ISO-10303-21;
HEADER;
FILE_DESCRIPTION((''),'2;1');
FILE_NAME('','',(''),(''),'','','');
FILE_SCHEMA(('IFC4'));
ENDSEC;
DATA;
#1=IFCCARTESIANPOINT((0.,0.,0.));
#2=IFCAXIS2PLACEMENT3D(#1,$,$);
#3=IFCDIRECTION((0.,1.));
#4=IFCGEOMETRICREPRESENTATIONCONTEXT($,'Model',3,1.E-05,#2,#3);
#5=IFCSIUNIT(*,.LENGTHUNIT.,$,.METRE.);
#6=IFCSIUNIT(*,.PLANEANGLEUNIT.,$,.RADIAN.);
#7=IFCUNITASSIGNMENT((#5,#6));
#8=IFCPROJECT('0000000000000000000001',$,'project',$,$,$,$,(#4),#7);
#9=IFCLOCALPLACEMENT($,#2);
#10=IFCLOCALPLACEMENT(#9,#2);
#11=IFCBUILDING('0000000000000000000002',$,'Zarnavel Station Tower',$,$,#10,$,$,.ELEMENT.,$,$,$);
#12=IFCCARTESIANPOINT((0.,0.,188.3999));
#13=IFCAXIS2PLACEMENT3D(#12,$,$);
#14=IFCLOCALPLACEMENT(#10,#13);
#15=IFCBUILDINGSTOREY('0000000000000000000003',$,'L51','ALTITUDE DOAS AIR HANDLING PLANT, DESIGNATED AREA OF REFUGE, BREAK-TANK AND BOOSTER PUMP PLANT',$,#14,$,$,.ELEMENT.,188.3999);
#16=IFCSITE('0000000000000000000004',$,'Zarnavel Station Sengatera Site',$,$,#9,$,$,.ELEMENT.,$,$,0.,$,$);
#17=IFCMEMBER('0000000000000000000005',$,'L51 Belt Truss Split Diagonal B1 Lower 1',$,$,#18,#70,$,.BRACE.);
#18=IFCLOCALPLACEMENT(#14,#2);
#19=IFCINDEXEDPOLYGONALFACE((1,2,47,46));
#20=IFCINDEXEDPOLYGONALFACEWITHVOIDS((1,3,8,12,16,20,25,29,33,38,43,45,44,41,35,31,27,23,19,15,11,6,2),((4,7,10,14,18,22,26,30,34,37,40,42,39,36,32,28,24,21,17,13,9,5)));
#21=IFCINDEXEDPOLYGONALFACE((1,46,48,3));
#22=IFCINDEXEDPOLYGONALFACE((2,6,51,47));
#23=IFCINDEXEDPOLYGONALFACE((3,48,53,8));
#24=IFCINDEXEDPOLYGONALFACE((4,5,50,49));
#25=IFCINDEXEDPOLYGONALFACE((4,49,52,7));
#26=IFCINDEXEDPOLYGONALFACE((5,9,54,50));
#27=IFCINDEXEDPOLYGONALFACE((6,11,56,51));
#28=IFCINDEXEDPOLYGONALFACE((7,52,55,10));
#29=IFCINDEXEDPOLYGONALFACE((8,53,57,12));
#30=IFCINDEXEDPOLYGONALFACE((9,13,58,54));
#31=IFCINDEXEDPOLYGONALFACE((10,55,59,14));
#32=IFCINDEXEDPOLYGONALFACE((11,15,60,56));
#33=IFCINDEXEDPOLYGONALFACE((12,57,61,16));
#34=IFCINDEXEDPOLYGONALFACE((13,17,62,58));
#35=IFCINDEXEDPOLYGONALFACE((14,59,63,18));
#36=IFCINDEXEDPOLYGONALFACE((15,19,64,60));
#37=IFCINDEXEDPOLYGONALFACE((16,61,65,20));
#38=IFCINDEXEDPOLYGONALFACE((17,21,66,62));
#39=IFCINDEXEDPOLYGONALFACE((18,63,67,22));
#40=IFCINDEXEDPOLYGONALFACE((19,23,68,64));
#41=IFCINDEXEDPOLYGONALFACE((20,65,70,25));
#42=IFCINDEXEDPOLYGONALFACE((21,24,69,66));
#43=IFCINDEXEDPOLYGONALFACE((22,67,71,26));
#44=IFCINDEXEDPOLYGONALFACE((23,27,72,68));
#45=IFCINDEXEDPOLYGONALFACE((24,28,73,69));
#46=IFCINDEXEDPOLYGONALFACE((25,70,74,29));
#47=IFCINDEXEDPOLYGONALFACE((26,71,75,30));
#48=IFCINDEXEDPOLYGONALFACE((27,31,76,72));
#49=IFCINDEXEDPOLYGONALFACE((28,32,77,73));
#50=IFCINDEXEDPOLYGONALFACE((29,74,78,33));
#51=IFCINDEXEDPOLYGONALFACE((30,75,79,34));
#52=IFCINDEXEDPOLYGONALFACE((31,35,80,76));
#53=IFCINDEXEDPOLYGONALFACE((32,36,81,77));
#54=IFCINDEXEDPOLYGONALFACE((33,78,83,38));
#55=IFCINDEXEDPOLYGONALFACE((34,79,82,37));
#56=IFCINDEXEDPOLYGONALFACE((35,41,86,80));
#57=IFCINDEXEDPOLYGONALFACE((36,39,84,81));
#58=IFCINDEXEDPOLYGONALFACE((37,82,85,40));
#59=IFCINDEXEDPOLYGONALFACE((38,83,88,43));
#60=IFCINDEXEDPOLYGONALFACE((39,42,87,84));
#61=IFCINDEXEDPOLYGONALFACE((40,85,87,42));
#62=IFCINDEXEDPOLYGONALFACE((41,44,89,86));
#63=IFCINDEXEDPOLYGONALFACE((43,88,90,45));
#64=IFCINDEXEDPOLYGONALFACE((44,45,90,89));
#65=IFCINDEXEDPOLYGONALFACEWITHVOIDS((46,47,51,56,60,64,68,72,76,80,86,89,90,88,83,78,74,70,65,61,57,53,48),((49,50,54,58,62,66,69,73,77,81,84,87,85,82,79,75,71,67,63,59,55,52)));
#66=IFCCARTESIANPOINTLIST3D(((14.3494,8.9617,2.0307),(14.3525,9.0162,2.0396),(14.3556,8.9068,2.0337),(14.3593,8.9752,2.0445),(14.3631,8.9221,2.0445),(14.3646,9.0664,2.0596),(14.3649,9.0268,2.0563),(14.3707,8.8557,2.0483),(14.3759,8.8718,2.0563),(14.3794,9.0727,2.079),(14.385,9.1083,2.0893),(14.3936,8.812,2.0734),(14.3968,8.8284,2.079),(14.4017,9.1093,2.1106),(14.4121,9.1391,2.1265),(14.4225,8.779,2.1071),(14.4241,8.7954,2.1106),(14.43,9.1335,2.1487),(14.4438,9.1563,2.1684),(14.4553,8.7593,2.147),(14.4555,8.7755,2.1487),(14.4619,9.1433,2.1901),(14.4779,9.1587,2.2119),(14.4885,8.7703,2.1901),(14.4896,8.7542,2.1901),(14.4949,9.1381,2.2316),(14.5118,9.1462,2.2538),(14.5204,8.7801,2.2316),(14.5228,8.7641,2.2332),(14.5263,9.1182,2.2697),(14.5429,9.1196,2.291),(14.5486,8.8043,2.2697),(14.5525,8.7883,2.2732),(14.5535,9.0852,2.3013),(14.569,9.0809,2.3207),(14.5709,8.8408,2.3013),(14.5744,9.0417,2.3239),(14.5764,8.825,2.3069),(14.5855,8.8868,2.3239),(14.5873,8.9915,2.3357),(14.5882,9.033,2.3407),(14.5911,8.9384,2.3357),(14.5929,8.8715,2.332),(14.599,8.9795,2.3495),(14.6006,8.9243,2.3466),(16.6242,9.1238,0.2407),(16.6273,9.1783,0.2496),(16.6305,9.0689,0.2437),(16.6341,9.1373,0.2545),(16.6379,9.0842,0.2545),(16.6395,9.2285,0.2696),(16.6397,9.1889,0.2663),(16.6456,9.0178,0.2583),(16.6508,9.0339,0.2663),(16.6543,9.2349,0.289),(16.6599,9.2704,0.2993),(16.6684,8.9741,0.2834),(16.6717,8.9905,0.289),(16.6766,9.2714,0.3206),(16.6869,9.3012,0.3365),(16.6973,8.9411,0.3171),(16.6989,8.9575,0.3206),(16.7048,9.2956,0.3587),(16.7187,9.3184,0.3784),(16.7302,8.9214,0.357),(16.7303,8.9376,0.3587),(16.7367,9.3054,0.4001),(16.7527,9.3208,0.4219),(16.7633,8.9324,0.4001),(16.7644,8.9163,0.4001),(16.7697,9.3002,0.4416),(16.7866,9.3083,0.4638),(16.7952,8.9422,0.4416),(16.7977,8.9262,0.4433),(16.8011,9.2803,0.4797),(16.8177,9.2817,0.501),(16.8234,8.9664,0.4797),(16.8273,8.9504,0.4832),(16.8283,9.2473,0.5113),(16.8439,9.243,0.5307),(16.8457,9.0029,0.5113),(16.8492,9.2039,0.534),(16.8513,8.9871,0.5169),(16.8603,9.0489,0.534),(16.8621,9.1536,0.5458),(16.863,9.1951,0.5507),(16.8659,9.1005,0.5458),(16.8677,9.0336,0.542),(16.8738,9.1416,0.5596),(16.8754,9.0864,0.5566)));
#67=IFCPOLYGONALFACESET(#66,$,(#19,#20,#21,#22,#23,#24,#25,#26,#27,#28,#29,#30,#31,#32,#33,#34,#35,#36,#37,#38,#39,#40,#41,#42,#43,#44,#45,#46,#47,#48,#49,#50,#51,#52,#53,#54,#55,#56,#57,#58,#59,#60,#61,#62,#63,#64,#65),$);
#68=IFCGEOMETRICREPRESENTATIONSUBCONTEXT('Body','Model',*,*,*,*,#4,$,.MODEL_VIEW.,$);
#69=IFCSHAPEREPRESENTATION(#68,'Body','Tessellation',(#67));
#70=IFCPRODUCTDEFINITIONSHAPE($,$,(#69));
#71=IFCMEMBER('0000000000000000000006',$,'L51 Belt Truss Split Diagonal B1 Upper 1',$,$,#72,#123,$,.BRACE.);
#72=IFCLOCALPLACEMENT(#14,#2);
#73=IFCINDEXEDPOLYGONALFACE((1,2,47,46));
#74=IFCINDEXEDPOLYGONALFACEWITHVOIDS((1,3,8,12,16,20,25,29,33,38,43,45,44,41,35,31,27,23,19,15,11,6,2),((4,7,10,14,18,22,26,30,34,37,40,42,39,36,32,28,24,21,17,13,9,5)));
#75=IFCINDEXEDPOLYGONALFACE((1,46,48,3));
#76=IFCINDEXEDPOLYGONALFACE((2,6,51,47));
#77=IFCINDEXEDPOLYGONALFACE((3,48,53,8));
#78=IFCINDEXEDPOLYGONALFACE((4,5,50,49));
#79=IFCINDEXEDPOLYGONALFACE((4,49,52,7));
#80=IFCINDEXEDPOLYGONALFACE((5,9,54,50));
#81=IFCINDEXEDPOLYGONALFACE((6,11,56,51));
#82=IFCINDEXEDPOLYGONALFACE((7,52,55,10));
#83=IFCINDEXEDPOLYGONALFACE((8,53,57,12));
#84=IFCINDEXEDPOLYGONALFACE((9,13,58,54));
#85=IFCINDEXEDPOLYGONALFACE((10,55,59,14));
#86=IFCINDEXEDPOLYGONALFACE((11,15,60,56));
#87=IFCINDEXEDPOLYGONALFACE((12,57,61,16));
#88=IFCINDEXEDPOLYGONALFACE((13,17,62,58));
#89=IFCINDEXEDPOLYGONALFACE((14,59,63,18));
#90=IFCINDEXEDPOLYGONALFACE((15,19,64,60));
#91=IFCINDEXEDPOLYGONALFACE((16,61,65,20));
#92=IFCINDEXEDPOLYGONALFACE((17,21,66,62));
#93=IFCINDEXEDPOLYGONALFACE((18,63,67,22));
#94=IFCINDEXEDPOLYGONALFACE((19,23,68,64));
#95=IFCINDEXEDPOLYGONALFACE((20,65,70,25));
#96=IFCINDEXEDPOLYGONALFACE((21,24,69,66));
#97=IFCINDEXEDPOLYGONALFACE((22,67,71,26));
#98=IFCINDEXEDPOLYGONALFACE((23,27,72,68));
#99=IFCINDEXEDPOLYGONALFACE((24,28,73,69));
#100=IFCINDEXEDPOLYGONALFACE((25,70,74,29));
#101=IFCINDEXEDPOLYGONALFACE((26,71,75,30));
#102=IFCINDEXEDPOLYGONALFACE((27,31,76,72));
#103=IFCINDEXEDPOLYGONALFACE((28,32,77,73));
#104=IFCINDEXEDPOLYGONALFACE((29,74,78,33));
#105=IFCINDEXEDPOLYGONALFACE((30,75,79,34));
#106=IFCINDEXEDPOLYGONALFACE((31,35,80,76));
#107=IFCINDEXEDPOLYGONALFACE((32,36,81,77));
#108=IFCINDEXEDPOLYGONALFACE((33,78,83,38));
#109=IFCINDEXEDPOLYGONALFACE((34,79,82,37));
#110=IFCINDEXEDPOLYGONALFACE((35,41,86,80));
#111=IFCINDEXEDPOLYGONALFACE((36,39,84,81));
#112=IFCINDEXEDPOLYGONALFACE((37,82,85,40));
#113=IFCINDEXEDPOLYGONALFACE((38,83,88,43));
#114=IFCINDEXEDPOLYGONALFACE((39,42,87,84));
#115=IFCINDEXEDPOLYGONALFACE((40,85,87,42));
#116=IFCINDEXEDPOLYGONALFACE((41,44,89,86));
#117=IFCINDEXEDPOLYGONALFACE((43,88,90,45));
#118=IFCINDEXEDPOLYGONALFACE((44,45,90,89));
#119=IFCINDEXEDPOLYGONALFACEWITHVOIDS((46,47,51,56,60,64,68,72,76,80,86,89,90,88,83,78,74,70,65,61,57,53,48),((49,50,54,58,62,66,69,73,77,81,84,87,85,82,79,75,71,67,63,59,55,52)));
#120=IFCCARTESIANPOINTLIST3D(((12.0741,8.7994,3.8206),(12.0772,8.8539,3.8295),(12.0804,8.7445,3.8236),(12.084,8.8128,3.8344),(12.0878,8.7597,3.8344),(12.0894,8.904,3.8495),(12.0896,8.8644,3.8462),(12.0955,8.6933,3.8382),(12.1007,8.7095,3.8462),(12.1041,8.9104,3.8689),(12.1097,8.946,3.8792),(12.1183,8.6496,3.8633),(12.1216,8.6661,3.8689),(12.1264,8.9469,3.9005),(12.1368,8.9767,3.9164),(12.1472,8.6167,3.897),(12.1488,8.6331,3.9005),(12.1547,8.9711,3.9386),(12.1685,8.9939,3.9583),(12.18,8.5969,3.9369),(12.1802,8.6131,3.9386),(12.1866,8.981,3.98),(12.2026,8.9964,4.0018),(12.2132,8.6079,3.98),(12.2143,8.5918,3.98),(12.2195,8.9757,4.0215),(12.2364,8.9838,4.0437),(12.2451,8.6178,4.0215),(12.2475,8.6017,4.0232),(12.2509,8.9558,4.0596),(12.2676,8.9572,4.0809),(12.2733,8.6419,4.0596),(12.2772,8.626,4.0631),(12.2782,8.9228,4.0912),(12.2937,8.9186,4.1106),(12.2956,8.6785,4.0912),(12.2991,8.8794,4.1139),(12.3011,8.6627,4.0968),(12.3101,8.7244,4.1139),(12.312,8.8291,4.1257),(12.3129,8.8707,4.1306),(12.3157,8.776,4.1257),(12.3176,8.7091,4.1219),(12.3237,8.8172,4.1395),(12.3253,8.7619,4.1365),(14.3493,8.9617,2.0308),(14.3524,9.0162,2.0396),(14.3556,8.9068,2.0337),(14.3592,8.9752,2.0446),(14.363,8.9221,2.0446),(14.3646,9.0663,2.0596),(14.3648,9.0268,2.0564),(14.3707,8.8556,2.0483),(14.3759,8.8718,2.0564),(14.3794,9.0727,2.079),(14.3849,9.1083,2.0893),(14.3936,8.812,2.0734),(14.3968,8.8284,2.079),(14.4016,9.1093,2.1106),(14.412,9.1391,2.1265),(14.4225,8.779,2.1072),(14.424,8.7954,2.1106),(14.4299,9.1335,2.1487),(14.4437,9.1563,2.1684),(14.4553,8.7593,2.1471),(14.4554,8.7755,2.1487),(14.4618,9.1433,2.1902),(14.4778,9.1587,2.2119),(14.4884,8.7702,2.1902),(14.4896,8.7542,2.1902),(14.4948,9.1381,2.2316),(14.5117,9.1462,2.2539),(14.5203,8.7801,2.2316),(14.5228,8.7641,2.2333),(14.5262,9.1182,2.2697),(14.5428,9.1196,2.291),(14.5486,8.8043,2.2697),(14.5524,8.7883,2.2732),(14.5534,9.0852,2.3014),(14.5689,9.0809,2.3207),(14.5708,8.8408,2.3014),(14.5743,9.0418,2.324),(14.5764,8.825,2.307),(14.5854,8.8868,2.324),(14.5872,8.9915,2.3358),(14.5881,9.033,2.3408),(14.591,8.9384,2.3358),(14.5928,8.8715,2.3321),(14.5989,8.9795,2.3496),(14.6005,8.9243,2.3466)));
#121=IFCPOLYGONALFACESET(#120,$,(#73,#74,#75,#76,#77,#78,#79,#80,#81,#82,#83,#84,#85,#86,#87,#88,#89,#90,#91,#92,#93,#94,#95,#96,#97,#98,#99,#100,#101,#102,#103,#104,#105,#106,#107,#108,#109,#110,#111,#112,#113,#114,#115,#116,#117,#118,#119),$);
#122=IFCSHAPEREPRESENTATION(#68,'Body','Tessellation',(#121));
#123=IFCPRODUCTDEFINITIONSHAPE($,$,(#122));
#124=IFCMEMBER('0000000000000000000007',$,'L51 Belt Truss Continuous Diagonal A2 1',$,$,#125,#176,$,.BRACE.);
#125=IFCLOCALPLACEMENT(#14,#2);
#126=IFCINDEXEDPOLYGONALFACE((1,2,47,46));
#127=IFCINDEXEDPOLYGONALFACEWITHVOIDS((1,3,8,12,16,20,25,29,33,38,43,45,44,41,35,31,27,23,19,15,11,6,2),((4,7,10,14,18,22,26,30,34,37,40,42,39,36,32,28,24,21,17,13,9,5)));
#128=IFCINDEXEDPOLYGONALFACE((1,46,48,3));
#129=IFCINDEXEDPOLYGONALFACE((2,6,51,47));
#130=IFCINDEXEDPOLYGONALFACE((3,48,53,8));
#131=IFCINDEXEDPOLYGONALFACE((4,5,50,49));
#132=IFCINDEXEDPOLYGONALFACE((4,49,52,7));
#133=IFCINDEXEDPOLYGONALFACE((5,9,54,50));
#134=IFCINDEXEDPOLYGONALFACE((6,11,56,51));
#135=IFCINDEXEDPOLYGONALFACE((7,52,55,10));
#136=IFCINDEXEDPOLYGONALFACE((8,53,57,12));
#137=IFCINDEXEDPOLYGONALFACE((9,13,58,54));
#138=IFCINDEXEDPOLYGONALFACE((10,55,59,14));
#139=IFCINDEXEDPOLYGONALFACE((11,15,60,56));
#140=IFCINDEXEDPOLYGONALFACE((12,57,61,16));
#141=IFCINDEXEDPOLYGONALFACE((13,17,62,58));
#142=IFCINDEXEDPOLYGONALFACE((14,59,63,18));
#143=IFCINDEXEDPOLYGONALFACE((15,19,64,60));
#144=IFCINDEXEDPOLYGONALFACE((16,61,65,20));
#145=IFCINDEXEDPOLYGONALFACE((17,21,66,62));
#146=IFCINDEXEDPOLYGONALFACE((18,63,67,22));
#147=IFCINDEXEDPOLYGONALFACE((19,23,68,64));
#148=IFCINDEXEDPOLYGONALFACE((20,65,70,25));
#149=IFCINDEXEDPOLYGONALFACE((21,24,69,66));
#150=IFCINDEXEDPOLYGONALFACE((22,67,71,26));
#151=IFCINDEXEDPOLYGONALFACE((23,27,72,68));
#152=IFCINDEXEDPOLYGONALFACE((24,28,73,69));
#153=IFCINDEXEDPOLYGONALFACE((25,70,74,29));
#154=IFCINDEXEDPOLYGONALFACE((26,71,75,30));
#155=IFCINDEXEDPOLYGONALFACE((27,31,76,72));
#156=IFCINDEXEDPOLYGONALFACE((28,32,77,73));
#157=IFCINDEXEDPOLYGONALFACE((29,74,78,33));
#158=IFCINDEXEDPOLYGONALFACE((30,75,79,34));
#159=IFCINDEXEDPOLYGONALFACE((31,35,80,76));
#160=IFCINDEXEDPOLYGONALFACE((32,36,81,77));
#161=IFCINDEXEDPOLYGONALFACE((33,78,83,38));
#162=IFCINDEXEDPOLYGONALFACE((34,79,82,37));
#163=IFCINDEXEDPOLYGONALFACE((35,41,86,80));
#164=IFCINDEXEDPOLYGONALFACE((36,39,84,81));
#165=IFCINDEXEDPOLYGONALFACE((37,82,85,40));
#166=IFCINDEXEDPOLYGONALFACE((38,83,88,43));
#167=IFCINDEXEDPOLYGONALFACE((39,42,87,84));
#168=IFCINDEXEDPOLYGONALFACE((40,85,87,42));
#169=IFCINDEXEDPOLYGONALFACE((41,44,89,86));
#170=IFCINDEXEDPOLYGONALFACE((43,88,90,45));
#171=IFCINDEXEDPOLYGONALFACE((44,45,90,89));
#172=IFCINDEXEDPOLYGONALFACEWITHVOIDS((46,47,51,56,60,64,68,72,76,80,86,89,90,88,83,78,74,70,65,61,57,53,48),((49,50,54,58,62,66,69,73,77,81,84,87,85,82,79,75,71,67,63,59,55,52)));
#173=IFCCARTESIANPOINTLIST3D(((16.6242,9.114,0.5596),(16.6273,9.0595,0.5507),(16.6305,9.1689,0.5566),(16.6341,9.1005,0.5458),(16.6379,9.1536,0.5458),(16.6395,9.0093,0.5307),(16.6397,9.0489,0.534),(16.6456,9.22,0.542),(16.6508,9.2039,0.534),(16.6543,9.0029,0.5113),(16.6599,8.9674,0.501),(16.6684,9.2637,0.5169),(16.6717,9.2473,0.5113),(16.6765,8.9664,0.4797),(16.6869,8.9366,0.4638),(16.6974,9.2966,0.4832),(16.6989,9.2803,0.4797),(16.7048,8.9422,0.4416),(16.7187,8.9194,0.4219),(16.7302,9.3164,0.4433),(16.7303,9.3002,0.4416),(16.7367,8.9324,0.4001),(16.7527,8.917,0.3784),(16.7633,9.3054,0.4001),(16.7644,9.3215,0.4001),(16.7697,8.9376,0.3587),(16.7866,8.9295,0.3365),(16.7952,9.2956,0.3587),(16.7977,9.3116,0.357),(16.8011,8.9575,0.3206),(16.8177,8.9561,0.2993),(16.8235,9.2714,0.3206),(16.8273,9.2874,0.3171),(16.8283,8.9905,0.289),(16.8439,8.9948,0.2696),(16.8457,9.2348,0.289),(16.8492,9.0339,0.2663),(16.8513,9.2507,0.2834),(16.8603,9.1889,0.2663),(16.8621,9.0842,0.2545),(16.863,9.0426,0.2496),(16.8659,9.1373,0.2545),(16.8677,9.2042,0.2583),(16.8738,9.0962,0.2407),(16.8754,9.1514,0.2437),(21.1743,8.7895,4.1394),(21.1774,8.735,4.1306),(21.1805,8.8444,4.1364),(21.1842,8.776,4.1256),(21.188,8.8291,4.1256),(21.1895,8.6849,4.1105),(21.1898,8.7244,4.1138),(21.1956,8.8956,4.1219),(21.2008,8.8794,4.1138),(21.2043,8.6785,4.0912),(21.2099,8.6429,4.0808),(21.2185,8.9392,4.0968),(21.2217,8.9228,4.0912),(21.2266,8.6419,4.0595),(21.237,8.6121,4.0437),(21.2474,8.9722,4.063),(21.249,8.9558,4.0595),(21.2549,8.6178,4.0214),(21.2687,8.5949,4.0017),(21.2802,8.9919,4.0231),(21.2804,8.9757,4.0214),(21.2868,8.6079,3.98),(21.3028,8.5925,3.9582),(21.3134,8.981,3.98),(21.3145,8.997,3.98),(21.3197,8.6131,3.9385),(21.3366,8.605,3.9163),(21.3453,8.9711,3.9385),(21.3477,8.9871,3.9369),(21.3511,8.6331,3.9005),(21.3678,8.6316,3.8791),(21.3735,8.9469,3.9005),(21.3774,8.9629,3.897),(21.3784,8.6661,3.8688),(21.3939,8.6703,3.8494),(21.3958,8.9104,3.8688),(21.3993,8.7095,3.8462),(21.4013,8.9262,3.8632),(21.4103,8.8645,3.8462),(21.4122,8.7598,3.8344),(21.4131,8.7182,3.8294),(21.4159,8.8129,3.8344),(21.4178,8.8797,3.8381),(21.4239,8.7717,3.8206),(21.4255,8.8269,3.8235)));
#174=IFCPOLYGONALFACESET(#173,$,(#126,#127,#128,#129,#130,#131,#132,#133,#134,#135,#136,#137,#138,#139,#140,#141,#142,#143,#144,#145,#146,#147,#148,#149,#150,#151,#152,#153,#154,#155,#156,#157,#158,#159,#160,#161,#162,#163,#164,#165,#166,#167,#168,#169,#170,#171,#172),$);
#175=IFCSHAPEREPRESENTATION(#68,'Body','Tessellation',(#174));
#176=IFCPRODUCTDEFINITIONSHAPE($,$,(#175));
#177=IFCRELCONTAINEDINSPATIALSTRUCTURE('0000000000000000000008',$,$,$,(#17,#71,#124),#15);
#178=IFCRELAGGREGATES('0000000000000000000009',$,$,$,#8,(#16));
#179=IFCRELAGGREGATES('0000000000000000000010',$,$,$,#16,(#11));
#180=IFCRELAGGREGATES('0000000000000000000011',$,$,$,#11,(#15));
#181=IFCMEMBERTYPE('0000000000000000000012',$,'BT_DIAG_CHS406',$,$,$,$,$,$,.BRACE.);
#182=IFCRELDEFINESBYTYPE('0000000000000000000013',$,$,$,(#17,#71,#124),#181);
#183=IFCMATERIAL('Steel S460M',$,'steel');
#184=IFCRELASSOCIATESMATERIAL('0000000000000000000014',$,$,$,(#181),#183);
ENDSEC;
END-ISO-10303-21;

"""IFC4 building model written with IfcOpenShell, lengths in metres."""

from ifc_helpers import new_model, si_unit, direction, frame, origin, origin_2d, place, context, subcontext, project, spatial, hollow_circle, extrude, material, material_profile, profile_set, type_object, element, save


model = new_model("IFC4")

# Units and contexts
model_context = context("Model", 3, precision=1e-05, world=origin(), true_north=direction((0.0, 1.0)))
body_context = subcontext(model_context, "Body", "Model", "MODEL_VIEW")
ifc_project = project(units=[si_unit("LENGTHUNIT", "METRE"), si_unit("PLANEANGLEUNIT", "RADIAN")], contexts=[model_context])

# Site, building, storey
site_placement = place(None, origin())
site = spatial("IfcSite", under=ifc_project, at=site_placement, Name="Zarnavel Station Sengatera Site", CompositionType="ELEMENT", RefElevation=0.0)
building_placement = place(site_placement, origin())
building = spatial("IfcBuilding", under=site, at=building_placement, Name="Zarnavel Station Tower", CompositionType="ELEMENT")
storey_placement = place(building_placement, frame((0.0, 0.0, 188.3999)))
storey = spatial("IfcBuildingStorey", under=building, at=storey_placement, Name="L51", Description="ALTITUDE DOAS AIR HANDLING PLANT, DESIGNATED AREA OF REFUGE, BREAK-TANK AND BOOSTER PUMP PLANT", CompositionType="ELEMENT", Elevation=188.3999)

# Members
ifc_material_1 = material(Name="Steel S460M", Category="steel")
ifc_material_profile_1 = material_profile(ifc_material_1, hollow_circle(Radius=0.2031, WallThickness=0.0161, at=origin_2d()), Name="CHS406.4x16")
ifc_profile_set_1 = profile_set([ifc_material_profile_1], Name="Steel S460M")
member_type_1 = type_object("IfcMemberType", Name="BT_DIAG_CHS406", PredefinedType="BRACE", material=ifc_profile_set_1)
member_1_placement = place(storey_placement, frame((16.75, 9.1189, 0.4001), z_axis=(-0.78465, -0.055914, 0.617413), x_axis=(0.07108, -0.997471, 0.0)))
element("IfcMember", 1, at=member_1_placement, inside=storey, type_object=member_type_1, Name="L51 Belt Truss Split Diagonal B1 Lower 1", PredefinedType="BRACE", context=body_context, shape_type="SweptSolid", body=[
    extrude(hollow_circle(Radius=0.2031, WallThickness=0.0161, at=origin_2d()), origin(), (0.0, 0.0, 1.0), 2.8992),
])
member_2_placement = place(storey_placement, frame((14.4751, 8.9568, 2.1902), z_axis=(-0.784719, -0.055997, 0.617317), x_axis=(0.071179, -0.997464, 0.0)))
element("IfcMember", 2, at=member_2_placement, inside=storey, type_object=member_type_1, Name="L51 Belt Truss Split Diagonal B1 Upper 1", PredefinedType="BRACE", context=body_context, shape_type="SweptSolid", body=[
    extrude(hollow_circle(Radius=0.2031, WallThickness=0.0161, at=origin_2d()), origin(), (0.0, 0.0, 1.0), 2.8994),
])
member_3_placement = place(storey_placement, frame((16.75, 9.1189, 0.4001), z_axis=(0.784684, -0.055956, 0.617365), x_axis=(0.071129, 0.997467, 0.0)))
element("IfcMember", 3, at=member_3_placement, inside=storey, type_object=member_type_1, Name="L51 Belt Truss Continuous Diagonal A2 1", PredefinedType="BRACE", context=body_context, shape_type="SweptSolid", body=[
    extrude(hollow_circle(Radius=0.2031, WallThickness=0.0161, at=origin_2d()), origin(), (0.0, 0.0, 1.0), 5.7986),
])

save(model, "model.ifc")
